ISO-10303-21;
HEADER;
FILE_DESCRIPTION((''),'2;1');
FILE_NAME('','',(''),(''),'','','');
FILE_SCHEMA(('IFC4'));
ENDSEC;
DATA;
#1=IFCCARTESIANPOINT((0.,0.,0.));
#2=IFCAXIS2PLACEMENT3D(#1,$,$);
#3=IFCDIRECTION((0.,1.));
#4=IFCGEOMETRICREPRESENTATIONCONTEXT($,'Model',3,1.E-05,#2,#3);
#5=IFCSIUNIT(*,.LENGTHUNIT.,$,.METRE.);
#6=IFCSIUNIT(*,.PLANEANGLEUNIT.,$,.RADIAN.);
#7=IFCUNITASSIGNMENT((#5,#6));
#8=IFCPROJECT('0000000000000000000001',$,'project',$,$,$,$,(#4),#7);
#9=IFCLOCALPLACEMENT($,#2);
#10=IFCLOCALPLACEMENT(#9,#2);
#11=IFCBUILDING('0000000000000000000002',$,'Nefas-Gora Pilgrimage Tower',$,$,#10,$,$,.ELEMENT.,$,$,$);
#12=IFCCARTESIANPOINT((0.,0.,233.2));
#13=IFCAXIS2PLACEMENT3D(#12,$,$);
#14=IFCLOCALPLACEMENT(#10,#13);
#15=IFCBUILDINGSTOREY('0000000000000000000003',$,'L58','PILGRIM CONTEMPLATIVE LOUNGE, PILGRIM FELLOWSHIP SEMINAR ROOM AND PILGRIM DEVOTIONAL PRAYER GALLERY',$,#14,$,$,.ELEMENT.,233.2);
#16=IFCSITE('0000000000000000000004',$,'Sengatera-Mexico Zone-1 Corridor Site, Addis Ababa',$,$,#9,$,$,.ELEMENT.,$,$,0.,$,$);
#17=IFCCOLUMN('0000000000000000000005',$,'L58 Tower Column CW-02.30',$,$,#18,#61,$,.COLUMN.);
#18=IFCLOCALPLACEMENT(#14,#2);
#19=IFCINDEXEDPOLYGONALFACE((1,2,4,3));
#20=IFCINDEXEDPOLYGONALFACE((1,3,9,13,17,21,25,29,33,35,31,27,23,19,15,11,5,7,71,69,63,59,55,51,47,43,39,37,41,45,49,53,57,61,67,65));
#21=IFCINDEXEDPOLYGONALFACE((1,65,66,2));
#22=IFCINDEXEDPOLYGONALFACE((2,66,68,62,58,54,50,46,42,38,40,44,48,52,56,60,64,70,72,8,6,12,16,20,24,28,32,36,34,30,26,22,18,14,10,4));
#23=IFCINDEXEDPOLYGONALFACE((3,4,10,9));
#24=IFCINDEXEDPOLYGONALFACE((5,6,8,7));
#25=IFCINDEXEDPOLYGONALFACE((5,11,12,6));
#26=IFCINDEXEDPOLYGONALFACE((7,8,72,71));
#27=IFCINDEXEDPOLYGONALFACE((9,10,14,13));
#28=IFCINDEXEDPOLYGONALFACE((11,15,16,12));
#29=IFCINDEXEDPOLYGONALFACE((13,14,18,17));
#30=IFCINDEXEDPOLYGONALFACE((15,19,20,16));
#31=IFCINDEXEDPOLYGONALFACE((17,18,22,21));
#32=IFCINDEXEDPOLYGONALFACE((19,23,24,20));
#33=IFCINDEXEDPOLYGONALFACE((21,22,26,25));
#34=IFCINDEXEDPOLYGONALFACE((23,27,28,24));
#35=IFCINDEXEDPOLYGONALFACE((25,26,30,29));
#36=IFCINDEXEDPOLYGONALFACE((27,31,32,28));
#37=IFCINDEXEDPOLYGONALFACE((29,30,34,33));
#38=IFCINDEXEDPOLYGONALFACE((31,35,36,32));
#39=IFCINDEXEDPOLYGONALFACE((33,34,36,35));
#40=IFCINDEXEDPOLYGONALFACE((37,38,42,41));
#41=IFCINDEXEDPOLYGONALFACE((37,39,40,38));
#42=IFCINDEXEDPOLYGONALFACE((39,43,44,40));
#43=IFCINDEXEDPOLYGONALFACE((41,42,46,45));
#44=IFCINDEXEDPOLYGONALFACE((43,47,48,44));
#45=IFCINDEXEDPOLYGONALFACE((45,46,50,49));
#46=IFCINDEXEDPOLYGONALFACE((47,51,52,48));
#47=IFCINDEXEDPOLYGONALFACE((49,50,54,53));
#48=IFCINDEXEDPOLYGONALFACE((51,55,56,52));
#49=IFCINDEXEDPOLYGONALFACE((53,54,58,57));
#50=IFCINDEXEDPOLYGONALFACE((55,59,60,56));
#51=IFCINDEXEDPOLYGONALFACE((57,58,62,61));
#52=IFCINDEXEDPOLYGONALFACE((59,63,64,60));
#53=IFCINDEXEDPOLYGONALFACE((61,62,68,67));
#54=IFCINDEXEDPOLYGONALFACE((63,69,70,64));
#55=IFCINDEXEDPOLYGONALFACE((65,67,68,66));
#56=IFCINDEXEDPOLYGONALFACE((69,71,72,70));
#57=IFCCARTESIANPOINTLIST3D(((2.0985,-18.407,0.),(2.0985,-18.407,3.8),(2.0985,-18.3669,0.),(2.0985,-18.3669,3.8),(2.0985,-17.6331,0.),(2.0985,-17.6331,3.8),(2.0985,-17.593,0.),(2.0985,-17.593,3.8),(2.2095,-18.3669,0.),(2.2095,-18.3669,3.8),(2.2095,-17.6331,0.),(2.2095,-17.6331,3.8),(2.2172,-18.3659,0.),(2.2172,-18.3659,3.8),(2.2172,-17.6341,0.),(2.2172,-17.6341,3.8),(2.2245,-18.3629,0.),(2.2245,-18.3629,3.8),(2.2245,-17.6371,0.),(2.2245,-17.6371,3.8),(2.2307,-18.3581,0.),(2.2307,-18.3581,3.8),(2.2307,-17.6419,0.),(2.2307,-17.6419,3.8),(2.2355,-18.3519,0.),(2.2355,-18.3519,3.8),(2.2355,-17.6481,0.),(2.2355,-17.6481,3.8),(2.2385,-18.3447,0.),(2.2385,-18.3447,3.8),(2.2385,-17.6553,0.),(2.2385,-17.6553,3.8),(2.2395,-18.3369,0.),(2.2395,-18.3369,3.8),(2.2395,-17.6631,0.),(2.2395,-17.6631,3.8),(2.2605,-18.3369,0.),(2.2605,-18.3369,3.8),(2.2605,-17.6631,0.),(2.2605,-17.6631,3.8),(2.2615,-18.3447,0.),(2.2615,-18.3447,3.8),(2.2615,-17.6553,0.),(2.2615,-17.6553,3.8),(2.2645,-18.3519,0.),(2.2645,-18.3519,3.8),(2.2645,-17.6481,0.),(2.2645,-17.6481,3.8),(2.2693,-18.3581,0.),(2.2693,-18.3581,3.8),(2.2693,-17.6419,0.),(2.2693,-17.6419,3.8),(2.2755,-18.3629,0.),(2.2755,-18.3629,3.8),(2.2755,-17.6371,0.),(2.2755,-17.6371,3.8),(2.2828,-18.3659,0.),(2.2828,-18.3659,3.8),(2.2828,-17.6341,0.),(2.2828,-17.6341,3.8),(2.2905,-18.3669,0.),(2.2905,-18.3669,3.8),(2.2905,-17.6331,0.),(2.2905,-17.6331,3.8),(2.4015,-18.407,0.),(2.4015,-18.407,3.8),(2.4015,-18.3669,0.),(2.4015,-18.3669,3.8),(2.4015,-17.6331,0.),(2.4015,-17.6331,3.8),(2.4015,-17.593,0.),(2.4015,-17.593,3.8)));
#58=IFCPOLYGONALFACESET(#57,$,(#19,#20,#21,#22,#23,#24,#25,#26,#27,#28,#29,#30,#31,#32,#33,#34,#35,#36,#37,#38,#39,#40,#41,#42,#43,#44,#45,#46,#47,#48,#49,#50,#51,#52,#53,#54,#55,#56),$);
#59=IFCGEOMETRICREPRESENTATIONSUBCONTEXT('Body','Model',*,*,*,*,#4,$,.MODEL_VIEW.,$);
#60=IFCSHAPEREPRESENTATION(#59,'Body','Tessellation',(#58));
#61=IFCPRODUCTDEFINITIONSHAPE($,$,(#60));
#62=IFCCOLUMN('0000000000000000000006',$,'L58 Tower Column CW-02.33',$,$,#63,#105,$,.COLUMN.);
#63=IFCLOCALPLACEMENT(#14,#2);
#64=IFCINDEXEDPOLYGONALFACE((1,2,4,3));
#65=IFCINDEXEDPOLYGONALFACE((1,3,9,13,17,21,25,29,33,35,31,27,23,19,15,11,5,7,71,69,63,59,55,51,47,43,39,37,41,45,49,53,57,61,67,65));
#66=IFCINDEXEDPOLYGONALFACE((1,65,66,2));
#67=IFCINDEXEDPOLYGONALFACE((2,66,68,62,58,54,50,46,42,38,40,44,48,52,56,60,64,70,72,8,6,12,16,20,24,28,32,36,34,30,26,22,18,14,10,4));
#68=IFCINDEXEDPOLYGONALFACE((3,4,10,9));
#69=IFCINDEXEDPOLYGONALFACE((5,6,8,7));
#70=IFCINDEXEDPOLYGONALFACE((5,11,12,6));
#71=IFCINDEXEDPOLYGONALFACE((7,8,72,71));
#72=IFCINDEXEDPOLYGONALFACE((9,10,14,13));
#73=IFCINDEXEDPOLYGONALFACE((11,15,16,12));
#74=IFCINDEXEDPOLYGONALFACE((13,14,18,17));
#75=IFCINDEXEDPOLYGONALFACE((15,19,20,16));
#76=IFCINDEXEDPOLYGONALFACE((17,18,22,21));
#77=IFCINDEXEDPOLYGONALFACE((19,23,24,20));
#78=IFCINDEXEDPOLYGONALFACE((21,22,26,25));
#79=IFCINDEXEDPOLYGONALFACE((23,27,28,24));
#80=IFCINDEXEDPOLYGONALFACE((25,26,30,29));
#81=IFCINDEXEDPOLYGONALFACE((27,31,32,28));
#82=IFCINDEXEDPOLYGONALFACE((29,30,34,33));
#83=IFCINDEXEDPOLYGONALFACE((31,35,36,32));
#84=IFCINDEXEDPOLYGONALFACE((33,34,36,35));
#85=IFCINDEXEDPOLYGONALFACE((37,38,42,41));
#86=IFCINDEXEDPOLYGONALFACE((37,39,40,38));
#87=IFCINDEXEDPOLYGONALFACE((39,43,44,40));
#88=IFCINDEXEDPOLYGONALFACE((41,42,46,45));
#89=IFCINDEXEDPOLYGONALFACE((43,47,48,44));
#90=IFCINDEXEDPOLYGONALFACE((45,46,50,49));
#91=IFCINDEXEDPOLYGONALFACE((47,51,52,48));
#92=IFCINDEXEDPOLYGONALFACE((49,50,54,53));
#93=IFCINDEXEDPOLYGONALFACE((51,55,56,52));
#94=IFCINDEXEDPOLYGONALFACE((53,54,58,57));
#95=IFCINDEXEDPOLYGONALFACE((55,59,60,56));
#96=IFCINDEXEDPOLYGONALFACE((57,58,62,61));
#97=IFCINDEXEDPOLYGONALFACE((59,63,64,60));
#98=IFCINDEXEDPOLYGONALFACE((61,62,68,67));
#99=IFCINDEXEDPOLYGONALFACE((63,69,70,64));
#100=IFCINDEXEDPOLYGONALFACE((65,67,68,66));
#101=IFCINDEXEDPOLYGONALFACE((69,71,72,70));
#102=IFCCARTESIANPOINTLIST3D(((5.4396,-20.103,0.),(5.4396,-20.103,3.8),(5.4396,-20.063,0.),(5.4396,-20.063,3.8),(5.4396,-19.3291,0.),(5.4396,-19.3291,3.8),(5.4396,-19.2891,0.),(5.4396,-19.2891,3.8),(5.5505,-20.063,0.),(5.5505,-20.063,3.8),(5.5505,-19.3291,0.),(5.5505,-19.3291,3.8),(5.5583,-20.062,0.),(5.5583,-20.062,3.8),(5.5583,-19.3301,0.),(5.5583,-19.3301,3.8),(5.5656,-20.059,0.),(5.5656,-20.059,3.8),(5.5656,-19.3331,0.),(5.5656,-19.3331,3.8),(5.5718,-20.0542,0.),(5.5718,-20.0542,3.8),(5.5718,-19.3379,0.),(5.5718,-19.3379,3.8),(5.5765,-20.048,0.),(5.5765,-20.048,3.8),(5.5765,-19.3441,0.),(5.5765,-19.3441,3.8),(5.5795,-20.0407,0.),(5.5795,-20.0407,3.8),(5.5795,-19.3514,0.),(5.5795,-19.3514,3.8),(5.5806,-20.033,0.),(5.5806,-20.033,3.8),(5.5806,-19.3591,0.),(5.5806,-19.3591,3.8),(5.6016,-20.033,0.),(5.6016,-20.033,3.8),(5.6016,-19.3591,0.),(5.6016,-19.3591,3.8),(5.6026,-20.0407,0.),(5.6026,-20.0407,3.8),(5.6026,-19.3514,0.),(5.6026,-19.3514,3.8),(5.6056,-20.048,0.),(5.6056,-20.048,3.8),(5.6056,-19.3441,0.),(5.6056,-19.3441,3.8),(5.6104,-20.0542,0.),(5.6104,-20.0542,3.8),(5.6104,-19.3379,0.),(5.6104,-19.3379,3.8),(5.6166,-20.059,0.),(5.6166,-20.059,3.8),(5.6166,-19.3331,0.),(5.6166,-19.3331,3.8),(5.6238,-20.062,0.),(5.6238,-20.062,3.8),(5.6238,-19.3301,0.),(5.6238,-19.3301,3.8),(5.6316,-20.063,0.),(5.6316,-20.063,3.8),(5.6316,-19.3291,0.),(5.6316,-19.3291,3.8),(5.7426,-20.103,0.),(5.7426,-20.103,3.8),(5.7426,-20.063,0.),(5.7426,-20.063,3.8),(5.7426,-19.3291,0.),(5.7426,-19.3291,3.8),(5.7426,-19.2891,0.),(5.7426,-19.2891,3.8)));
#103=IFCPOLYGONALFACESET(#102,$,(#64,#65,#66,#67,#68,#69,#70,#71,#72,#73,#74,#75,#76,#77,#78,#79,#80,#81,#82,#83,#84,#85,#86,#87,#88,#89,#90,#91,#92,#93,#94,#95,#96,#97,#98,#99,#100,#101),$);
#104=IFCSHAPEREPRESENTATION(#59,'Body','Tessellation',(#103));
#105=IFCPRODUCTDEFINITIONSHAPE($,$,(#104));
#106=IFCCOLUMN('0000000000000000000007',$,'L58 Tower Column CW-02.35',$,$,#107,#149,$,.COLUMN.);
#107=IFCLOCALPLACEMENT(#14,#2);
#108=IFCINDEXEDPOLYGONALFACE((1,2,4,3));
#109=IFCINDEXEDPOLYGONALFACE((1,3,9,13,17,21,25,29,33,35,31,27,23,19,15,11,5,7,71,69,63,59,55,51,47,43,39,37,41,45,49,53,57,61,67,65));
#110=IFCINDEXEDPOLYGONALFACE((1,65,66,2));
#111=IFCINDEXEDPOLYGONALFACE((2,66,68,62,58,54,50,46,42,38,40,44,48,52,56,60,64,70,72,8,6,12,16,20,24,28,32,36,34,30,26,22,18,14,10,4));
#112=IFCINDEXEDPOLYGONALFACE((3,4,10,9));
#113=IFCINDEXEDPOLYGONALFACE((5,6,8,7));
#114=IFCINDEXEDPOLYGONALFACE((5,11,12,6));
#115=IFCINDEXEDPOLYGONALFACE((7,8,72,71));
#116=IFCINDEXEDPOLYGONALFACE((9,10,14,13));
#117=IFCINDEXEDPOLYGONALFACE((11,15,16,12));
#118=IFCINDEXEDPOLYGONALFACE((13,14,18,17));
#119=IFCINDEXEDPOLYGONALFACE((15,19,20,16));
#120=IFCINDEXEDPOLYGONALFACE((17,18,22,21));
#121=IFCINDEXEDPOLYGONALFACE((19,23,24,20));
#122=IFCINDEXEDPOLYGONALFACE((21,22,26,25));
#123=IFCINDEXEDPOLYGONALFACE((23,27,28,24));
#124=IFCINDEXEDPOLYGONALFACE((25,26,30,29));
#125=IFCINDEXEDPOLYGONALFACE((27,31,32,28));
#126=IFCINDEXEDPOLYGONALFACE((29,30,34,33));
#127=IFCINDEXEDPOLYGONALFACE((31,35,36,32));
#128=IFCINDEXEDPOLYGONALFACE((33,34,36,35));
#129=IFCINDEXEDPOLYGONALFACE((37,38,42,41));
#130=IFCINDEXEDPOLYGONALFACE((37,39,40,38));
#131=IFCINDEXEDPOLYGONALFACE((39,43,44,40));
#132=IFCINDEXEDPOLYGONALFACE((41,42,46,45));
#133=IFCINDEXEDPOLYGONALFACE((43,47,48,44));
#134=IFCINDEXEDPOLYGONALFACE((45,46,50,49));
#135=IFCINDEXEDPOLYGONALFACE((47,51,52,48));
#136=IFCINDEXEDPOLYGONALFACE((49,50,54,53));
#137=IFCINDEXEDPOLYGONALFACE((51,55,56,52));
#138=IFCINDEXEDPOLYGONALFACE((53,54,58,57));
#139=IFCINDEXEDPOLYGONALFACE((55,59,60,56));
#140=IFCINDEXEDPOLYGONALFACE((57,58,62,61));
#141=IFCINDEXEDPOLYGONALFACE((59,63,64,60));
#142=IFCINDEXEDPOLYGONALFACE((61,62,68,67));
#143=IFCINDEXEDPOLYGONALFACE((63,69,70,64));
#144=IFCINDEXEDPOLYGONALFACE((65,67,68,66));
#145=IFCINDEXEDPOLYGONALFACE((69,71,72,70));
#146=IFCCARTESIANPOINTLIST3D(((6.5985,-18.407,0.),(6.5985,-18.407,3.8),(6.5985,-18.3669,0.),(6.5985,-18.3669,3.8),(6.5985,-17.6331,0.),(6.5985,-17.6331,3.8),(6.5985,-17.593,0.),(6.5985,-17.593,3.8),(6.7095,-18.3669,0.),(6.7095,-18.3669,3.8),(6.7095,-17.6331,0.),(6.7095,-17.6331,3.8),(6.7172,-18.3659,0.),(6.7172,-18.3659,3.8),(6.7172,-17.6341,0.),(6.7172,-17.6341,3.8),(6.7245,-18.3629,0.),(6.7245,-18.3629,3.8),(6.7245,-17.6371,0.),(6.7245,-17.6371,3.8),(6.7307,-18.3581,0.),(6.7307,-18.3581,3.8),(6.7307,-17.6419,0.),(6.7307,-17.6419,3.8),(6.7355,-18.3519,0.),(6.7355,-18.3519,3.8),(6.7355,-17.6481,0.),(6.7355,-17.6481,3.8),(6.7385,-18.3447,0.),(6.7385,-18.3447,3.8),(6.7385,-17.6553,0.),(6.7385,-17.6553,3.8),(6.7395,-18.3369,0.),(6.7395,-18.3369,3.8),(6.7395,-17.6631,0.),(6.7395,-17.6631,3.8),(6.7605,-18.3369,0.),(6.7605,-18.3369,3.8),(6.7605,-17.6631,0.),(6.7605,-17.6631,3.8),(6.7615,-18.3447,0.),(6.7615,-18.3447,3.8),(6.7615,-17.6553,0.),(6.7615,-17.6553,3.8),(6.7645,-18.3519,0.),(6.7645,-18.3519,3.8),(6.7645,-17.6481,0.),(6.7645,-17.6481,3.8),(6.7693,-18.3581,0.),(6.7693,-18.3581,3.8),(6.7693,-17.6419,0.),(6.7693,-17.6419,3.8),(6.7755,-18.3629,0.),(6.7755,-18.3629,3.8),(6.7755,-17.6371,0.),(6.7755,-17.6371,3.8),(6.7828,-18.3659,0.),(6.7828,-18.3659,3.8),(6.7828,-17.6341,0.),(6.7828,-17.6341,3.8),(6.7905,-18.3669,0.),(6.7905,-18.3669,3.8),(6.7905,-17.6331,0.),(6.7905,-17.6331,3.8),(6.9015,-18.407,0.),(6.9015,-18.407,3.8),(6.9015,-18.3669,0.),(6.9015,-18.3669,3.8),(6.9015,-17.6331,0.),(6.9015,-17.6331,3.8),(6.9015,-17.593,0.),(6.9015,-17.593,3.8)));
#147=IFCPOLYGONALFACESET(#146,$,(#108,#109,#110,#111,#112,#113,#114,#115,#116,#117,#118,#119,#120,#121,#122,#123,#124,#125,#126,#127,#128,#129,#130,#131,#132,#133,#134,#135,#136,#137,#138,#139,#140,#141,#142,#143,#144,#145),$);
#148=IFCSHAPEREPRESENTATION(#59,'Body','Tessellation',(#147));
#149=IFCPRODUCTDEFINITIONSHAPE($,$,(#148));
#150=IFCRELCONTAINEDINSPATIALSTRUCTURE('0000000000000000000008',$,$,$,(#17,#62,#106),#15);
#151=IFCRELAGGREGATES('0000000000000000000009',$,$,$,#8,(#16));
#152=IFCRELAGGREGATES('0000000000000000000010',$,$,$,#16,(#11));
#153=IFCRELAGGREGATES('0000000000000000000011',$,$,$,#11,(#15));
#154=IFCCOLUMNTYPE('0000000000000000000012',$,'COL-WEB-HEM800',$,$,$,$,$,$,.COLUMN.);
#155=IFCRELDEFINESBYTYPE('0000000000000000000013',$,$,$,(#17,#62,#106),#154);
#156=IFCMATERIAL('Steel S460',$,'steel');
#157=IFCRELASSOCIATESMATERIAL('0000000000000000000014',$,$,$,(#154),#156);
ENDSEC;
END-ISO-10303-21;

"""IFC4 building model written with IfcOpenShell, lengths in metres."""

from ifc_helpers import new_model, si_unit, direction, frame, origin, origin_2d, place, context, subcontext, project, spatial, i_section, extrude, source, transform, mapped, material, material_profile, profile_set, type_object, element, save


model = new_model("IFC4")

# Units and contexts
model_context = context("Model", 3, precision=1e-05, world=origin(), true_north=direction((0.0, 1.0)))
body_context = subcontext(model_context, "Body", "Model", "MODEL_VIEW")
ifc_project = project(units=[si_unit("LENGTHUNIT", "METRE"), si_unit("PLANEANGLEUNIT", "RADIAN")], contexts=[model_context])

# Site, building, storey
site_placement = place(None, origin())
site = spatial("IfcSite", under=ifc_project, at=site_placement, Name="Sengatera-Mexico Zone-1 Corridor Site, Addis Ababa", CompositionType="ELEMENT", RefElevation=0.0)
building_placement = place(site_placement, origin())
building = spatial("IfcBuilding", under=site, at=building_placement, Name="Nefas-Gora Pilgrimage Tower", CompositionType="ELEMENT")
storey_placement = place(building_placement, frame((0.0, 0.0, 233.2)))
storey = spatial("IfcBuildingStorey", under=building, at=storey_placement, Name="L58", Description="PILGRIM CONTEMPLATIVE LOUNGE, PILGRIM FELLOWSHIP SEMINAR ROOM AND PILGRIM DEVOTIONAL PRAYER GALLERY", CompositionType="ELEMENT", Elevation=233.2)

# Columns
ifc_material_1 = material(Name="Steel S460", Category="steel")
ifc_material_profile_1 = material_profile(ifc_material_1, i_section(OverallWidth=0.303, OverallDepth=0.814, WebThickness=0.021, FlangeThickness=0.04, FilletRadius=0.03, at=origin_2d()), Name="HEM 800")
ifc_profile_set_1 = profile_set([ifc_material_profile_1], Name="Steel S460")
column_type_1 = type_object("IfcColumnType", Name="COL-WEB-HEM800", PredefinedType="COLUMN", material=ifc_profile_set_1)
shared_shape_1 = source(origin(), body_context, "Body", "SweptSolid", [
    extrude(i_section(OverallWidth=0.303, OverallDepth=0.814, WebThickness=0.021, FlangeThickness=0.04, FilletRadius=0.03, at=origin_2d()), origin(), (0.0, 0.0, 1.0), 3.8),
])
for number, where, z_axis, x_axis, name in (
    (1, (2.25, -18.0, 0.0), (0.0, 0.0, 1.0), (1.0, 0.0, 0.0), "L58 Tower Column CW-02.30"),
    (2, (5.5911, -19.696, 0.0), (0.0, 0.0, 1.0), (1.0, 0.0, 0.0), "L58 Tower Column CW-02.33"),
    (3, (6.75, -18.0, 0.0), (0.0, 0.0, 1.0), (1.0, 0.0, 0.0), "L58 Tower Column CW-02.35"),
):
    element("IfcColumn", number, at=place(storey_placement, frame(where, z_axis=z_axis, x_axis=x_axis)), inside=storey, type_object=column_type_1, Name=name, PredefinedType="COLUMN", context=body_context, shape_type="MappedRepresentation", body=[
        mapped(shared_shape_1, transform((0.0, 0.0, 0.0), x_axis=(1.0, 0.0, 0.0), y_axis=(0.0, 1.0, 0.0), z_axis=(0.0, 0.0, 1.0), scale=1.0)),
    ])

save(model, "model.ifc")
